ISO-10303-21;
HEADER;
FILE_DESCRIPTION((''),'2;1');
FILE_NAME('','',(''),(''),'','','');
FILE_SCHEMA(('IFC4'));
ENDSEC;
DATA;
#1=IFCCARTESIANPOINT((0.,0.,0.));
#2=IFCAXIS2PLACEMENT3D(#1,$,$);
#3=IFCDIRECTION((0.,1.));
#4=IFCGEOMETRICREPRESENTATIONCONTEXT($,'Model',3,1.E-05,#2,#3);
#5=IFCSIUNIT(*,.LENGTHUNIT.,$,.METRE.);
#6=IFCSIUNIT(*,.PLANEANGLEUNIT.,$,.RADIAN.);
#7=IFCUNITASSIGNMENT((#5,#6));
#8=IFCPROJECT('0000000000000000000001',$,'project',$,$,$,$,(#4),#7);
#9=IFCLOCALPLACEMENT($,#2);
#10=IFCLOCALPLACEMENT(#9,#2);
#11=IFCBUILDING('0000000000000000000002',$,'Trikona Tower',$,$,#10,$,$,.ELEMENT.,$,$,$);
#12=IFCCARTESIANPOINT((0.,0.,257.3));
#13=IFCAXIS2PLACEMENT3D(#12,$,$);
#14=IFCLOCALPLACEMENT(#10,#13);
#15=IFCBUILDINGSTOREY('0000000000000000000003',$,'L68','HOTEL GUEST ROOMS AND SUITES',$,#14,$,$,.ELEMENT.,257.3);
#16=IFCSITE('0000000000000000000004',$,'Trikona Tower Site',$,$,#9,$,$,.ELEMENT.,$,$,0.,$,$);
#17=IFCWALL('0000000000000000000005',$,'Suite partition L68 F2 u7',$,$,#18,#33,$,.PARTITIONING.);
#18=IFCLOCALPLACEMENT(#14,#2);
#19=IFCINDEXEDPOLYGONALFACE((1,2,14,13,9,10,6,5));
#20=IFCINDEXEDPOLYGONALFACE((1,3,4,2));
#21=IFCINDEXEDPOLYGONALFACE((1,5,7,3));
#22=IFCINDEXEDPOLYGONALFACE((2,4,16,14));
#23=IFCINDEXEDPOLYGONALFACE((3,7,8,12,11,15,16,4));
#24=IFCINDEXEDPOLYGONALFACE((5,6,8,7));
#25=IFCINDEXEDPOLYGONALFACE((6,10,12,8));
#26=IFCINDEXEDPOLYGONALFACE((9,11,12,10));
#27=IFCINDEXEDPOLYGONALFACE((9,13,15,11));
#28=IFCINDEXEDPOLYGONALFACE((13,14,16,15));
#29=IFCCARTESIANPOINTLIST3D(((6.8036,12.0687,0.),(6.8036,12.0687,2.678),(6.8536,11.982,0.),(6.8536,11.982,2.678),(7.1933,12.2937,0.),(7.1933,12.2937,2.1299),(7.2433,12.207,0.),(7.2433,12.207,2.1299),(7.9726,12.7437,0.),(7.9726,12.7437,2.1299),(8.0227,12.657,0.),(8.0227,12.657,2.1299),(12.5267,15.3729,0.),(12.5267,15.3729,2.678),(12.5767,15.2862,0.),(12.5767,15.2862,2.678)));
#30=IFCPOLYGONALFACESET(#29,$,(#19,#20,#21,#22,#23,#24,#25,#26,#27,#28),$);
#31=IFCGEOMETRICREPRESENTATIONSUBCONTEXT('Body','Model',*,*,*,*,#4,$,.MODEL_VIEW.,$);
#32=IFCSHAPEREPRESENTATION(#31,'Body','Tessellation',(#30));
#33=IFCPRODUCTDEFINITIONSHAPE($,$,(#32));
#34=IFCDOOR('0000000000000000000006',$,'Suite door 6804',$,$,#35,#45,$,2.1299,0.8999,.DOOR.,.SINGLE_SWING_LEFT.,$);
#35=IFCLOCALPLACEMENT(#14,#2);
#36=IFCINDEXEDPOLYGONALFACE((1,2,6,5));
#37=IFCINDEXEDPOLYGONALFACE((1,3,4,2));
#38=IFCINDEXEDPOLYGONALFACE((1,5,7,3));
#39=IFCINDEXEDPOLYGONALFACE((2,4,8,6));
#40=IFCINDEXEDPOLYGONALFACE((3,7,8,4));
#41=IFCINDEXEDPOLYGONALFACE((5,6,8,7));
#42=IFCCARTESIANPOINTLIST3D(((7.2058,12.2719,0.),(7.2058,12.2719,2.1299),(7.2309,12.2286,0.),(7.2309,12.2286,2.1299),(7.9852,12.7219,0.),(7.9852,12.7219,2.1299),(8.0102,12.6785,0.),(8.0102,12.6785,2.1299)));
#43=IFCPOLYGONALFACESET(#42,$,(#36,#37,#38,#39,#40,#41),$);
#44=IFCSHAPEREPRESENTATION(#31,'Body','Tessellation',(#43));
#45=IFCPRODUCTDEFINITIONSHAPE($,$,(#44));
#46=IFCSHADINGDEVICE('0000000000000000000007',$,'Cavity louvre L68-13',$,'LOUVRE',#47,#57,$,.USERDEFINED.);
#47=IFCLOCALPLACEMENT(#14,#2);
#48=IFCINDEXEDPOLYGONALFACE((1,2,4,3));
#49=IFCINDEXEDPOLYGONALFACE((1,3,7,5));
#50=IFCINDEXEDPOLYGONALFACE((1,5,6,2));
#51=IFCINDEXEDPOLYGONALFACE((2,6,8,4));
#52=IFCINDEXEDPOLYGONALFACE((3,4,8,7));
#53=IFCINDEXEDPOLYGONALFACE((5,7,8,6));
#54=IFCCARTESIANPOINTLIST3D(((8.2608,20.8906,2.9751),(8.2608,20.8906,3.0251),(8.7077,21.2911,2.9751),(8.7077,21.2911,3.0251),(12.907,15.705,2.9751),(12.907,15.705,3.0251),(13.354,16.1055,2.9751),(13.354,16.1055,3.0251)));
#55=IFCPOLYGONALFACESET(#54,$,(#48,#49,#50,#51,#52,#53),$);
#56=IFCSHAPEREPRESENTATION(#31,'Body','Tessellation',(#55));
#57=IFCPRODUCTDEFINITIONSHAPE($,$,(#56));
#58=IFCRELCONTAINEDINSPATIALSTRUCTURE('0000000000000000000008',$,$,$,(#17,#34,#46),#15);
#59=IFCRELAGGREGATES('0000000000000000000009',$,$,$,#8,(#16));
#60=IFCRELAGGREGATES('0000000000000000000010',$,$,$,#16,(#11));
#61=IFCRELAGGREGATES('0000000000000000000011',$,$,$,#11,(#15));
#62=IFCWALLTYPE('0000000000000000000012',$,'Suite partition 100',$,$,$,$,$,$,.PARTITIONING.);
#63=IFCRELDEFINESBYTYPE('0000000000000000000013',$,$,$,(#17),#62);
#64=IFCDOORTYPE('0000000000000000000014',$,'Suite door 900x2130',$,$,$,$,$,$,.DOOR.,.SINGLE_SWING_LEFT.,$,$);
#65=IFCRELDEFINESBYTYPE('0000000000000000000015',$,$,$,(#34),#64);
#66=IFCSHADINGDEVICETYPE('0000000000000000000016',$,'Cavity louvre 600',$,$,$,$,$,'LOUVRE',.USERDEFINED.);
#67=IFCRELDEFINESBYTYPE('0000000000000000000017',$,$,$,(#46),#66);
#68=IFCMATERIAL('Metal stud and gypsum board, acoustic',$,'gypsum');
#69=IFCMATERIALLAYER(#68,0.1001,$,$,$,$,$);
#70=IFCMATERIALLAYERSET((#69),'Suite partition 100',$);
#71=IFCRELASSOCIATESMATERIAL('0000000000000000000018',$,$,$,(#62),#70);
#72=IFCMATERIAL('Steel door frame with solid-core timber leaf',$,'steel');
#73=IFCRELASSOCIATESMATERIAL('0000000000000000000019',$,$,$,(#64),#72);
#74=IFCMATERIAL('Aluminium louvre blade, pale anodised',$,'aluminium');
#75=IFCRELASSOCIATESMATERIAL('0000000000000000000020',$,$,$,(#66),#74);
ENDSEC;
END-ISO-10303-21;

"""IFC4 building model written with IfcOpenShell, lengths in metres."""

from ifc_helpers import new_model, si_unit, direction, frame, frame_2d, origin, origin_2d, place, context, subcontext, project, spatial, rectangle, extrude, material, layer, layer_set, type_object, element, fill, save


model = new_model("IFC4")

# Units and contexts
model_context = context("Model", 3, precision=1e-05, world=origin(), true_north=direction((0.0, 1.0)))
body_context = subcontext(model_context, "Body", "Model", "MODEL_VIEW")
ifc_project = project(units=[si_unit("LENGTHUNIT", "METRE"), si_unit("PLANEANGLEUNIT", "RADIAN")], contexts=[model_context])

# Site, building, storey
site_placement = place(None, origin())
site = spatial("IfcSite", under=ifc_project, at=site_placement, Name="Trikona Tower Site", CompositionType="ELEMENT", RefElevation=0.0)
building_placement = place(site_placement, origin())
building = spatial("IfcBuilding", under=site, at=building_placement, Name="Trikona Tower", CompositionType="ELEMENT")
storey_placement = place(building_placement, frame((0.0, 0.0, 257.3)))
storey = spatial("IfcBuildingStorey", under=building, at=storey_placement, Name="L68", Description="HOTEL GUEST ROOMS AND SUITES", CompositionType="ELEMENT", Elevation=257.3)

# Wall, opening, door
ifc_material_1 = material(Name="Metal stud and gypsum board, acoustic", Category="gypsum")
ifc_layer_1 = layer(ifc_material_1, 0.1001)
ifc_layer_set_1 = layer_set([ifc_layer_1], Name="Suite partition 100")
wall_type_1 = type_object("IfcWallType", Name="Suite partition 100", PredefinedType="PARTITIONING", material=ifc_layer_set_1)
wall_1_placement = place(storey_placement, frame((6.8286, 12.0254, 0.0), z_axis=(0.0, 0.0, 1.0), x_axis=(0.866029, 0.499993, 0.0)))
wall_1 = element("IfcWall", 1, at=wall_1_placement, inside=storey, type_object=wall_type_1, Name="Suite partition L68 F2 u7", PredefinedType="PARTITIONING", context=body_context, shape_type="SweptSolid", body=[
    extrude(rectangle(XDim=6.6084, YDim=0.1001, at=frame_2d((3.3042, 0.0))), origin(), (0.0, 0.0, 1.0), 2.678),
])
opening_1_placement = place(wall_1_placement, frame((0.45, 0.0, 0.0)))
opening_1 = element("IfcOpeningElement", 2, at=opening_1_placement, cuts=wall_1, PredefinedType="OPENING", context=body_context, shape_type="SweptSolid", body=[
    extrude(rectangle(XDim=0.8999, YDim=2.1299, at=frame_2d((0.45, 1.0649))), frame((0.0, 0.0601, 0.0), z_axis=(0.0, -1.0, 0.0), x_axis=(1.0, 0.0, 0.0)), (0.0, 0.0, 1.0), 0.1201),
])
ifc_material_2 = material(Name="Steel door frame with solid-core timber leaf", Category="steel")
door_type = type_object("IfcDoorType", Name="Suite door 900x2130", OperationType="SINGLE_SWING_LEFT", PredefinedType="DOOR", material=ifc_material_2)
door_placement = place(opening_1_placement, origin())
door = element("IfcDoor", 3, at=door_placement, inside=storey, type_object=door_type, Name="Suite door 6804", OperationType="SINGLE_SWING_LEFT", OverallHeight=2.1299, OverallWidth=0.8999, PredefinedType="DOOR", context=body_context, shape_type="SweptSolid", body=[
    extrude(rectangle(XDim=0.8999, YDim=2.1299, at=frame_2d((0.45, 1.0649))), frame((0.0, 0.0249, 0.0), z_axis=(0.0, -1.0, 0.0), x_axis=(1.0, 0.0, 0.0)), (0.0, 0.0, 1.0), 0.05),
])
fill(opening_1, door)

# Shading device
ifc_material_3 = material(Name="Aluminium louvre blade, pale anodised", Category="aluminium")
shading_device_type = type_object("IfcShadingDeviceType", Name="Cavity louvre 600", ElementType="LOUVRE", PredefinedType="USERDEFINED", material=ifc_material_3)
shading_device_placement = place(storey_placement, frame((10.8074, 18.498, 2.9751), z_axis=(0.0, 0.0, 1.0), x_axis=(-0.667311, 0.744779, 0.0)))
element("IfcShadingDevice", 4, at=shading_device_placement, inside=storey, type_object=shading_device_type, Name="Cavity louvre L68-13", ObjectType="LOUVRE", PredefinedType="USERDEFINED", context=body_context, shape_type="SweptSolid", body=[
    extrude(rectangle(XDim=6.9626, YDim=0.6001, at=origin_2d()), origin(), (0.0, 0.0, 1.0), 0.05),
])

save(model, "model.ifc")
